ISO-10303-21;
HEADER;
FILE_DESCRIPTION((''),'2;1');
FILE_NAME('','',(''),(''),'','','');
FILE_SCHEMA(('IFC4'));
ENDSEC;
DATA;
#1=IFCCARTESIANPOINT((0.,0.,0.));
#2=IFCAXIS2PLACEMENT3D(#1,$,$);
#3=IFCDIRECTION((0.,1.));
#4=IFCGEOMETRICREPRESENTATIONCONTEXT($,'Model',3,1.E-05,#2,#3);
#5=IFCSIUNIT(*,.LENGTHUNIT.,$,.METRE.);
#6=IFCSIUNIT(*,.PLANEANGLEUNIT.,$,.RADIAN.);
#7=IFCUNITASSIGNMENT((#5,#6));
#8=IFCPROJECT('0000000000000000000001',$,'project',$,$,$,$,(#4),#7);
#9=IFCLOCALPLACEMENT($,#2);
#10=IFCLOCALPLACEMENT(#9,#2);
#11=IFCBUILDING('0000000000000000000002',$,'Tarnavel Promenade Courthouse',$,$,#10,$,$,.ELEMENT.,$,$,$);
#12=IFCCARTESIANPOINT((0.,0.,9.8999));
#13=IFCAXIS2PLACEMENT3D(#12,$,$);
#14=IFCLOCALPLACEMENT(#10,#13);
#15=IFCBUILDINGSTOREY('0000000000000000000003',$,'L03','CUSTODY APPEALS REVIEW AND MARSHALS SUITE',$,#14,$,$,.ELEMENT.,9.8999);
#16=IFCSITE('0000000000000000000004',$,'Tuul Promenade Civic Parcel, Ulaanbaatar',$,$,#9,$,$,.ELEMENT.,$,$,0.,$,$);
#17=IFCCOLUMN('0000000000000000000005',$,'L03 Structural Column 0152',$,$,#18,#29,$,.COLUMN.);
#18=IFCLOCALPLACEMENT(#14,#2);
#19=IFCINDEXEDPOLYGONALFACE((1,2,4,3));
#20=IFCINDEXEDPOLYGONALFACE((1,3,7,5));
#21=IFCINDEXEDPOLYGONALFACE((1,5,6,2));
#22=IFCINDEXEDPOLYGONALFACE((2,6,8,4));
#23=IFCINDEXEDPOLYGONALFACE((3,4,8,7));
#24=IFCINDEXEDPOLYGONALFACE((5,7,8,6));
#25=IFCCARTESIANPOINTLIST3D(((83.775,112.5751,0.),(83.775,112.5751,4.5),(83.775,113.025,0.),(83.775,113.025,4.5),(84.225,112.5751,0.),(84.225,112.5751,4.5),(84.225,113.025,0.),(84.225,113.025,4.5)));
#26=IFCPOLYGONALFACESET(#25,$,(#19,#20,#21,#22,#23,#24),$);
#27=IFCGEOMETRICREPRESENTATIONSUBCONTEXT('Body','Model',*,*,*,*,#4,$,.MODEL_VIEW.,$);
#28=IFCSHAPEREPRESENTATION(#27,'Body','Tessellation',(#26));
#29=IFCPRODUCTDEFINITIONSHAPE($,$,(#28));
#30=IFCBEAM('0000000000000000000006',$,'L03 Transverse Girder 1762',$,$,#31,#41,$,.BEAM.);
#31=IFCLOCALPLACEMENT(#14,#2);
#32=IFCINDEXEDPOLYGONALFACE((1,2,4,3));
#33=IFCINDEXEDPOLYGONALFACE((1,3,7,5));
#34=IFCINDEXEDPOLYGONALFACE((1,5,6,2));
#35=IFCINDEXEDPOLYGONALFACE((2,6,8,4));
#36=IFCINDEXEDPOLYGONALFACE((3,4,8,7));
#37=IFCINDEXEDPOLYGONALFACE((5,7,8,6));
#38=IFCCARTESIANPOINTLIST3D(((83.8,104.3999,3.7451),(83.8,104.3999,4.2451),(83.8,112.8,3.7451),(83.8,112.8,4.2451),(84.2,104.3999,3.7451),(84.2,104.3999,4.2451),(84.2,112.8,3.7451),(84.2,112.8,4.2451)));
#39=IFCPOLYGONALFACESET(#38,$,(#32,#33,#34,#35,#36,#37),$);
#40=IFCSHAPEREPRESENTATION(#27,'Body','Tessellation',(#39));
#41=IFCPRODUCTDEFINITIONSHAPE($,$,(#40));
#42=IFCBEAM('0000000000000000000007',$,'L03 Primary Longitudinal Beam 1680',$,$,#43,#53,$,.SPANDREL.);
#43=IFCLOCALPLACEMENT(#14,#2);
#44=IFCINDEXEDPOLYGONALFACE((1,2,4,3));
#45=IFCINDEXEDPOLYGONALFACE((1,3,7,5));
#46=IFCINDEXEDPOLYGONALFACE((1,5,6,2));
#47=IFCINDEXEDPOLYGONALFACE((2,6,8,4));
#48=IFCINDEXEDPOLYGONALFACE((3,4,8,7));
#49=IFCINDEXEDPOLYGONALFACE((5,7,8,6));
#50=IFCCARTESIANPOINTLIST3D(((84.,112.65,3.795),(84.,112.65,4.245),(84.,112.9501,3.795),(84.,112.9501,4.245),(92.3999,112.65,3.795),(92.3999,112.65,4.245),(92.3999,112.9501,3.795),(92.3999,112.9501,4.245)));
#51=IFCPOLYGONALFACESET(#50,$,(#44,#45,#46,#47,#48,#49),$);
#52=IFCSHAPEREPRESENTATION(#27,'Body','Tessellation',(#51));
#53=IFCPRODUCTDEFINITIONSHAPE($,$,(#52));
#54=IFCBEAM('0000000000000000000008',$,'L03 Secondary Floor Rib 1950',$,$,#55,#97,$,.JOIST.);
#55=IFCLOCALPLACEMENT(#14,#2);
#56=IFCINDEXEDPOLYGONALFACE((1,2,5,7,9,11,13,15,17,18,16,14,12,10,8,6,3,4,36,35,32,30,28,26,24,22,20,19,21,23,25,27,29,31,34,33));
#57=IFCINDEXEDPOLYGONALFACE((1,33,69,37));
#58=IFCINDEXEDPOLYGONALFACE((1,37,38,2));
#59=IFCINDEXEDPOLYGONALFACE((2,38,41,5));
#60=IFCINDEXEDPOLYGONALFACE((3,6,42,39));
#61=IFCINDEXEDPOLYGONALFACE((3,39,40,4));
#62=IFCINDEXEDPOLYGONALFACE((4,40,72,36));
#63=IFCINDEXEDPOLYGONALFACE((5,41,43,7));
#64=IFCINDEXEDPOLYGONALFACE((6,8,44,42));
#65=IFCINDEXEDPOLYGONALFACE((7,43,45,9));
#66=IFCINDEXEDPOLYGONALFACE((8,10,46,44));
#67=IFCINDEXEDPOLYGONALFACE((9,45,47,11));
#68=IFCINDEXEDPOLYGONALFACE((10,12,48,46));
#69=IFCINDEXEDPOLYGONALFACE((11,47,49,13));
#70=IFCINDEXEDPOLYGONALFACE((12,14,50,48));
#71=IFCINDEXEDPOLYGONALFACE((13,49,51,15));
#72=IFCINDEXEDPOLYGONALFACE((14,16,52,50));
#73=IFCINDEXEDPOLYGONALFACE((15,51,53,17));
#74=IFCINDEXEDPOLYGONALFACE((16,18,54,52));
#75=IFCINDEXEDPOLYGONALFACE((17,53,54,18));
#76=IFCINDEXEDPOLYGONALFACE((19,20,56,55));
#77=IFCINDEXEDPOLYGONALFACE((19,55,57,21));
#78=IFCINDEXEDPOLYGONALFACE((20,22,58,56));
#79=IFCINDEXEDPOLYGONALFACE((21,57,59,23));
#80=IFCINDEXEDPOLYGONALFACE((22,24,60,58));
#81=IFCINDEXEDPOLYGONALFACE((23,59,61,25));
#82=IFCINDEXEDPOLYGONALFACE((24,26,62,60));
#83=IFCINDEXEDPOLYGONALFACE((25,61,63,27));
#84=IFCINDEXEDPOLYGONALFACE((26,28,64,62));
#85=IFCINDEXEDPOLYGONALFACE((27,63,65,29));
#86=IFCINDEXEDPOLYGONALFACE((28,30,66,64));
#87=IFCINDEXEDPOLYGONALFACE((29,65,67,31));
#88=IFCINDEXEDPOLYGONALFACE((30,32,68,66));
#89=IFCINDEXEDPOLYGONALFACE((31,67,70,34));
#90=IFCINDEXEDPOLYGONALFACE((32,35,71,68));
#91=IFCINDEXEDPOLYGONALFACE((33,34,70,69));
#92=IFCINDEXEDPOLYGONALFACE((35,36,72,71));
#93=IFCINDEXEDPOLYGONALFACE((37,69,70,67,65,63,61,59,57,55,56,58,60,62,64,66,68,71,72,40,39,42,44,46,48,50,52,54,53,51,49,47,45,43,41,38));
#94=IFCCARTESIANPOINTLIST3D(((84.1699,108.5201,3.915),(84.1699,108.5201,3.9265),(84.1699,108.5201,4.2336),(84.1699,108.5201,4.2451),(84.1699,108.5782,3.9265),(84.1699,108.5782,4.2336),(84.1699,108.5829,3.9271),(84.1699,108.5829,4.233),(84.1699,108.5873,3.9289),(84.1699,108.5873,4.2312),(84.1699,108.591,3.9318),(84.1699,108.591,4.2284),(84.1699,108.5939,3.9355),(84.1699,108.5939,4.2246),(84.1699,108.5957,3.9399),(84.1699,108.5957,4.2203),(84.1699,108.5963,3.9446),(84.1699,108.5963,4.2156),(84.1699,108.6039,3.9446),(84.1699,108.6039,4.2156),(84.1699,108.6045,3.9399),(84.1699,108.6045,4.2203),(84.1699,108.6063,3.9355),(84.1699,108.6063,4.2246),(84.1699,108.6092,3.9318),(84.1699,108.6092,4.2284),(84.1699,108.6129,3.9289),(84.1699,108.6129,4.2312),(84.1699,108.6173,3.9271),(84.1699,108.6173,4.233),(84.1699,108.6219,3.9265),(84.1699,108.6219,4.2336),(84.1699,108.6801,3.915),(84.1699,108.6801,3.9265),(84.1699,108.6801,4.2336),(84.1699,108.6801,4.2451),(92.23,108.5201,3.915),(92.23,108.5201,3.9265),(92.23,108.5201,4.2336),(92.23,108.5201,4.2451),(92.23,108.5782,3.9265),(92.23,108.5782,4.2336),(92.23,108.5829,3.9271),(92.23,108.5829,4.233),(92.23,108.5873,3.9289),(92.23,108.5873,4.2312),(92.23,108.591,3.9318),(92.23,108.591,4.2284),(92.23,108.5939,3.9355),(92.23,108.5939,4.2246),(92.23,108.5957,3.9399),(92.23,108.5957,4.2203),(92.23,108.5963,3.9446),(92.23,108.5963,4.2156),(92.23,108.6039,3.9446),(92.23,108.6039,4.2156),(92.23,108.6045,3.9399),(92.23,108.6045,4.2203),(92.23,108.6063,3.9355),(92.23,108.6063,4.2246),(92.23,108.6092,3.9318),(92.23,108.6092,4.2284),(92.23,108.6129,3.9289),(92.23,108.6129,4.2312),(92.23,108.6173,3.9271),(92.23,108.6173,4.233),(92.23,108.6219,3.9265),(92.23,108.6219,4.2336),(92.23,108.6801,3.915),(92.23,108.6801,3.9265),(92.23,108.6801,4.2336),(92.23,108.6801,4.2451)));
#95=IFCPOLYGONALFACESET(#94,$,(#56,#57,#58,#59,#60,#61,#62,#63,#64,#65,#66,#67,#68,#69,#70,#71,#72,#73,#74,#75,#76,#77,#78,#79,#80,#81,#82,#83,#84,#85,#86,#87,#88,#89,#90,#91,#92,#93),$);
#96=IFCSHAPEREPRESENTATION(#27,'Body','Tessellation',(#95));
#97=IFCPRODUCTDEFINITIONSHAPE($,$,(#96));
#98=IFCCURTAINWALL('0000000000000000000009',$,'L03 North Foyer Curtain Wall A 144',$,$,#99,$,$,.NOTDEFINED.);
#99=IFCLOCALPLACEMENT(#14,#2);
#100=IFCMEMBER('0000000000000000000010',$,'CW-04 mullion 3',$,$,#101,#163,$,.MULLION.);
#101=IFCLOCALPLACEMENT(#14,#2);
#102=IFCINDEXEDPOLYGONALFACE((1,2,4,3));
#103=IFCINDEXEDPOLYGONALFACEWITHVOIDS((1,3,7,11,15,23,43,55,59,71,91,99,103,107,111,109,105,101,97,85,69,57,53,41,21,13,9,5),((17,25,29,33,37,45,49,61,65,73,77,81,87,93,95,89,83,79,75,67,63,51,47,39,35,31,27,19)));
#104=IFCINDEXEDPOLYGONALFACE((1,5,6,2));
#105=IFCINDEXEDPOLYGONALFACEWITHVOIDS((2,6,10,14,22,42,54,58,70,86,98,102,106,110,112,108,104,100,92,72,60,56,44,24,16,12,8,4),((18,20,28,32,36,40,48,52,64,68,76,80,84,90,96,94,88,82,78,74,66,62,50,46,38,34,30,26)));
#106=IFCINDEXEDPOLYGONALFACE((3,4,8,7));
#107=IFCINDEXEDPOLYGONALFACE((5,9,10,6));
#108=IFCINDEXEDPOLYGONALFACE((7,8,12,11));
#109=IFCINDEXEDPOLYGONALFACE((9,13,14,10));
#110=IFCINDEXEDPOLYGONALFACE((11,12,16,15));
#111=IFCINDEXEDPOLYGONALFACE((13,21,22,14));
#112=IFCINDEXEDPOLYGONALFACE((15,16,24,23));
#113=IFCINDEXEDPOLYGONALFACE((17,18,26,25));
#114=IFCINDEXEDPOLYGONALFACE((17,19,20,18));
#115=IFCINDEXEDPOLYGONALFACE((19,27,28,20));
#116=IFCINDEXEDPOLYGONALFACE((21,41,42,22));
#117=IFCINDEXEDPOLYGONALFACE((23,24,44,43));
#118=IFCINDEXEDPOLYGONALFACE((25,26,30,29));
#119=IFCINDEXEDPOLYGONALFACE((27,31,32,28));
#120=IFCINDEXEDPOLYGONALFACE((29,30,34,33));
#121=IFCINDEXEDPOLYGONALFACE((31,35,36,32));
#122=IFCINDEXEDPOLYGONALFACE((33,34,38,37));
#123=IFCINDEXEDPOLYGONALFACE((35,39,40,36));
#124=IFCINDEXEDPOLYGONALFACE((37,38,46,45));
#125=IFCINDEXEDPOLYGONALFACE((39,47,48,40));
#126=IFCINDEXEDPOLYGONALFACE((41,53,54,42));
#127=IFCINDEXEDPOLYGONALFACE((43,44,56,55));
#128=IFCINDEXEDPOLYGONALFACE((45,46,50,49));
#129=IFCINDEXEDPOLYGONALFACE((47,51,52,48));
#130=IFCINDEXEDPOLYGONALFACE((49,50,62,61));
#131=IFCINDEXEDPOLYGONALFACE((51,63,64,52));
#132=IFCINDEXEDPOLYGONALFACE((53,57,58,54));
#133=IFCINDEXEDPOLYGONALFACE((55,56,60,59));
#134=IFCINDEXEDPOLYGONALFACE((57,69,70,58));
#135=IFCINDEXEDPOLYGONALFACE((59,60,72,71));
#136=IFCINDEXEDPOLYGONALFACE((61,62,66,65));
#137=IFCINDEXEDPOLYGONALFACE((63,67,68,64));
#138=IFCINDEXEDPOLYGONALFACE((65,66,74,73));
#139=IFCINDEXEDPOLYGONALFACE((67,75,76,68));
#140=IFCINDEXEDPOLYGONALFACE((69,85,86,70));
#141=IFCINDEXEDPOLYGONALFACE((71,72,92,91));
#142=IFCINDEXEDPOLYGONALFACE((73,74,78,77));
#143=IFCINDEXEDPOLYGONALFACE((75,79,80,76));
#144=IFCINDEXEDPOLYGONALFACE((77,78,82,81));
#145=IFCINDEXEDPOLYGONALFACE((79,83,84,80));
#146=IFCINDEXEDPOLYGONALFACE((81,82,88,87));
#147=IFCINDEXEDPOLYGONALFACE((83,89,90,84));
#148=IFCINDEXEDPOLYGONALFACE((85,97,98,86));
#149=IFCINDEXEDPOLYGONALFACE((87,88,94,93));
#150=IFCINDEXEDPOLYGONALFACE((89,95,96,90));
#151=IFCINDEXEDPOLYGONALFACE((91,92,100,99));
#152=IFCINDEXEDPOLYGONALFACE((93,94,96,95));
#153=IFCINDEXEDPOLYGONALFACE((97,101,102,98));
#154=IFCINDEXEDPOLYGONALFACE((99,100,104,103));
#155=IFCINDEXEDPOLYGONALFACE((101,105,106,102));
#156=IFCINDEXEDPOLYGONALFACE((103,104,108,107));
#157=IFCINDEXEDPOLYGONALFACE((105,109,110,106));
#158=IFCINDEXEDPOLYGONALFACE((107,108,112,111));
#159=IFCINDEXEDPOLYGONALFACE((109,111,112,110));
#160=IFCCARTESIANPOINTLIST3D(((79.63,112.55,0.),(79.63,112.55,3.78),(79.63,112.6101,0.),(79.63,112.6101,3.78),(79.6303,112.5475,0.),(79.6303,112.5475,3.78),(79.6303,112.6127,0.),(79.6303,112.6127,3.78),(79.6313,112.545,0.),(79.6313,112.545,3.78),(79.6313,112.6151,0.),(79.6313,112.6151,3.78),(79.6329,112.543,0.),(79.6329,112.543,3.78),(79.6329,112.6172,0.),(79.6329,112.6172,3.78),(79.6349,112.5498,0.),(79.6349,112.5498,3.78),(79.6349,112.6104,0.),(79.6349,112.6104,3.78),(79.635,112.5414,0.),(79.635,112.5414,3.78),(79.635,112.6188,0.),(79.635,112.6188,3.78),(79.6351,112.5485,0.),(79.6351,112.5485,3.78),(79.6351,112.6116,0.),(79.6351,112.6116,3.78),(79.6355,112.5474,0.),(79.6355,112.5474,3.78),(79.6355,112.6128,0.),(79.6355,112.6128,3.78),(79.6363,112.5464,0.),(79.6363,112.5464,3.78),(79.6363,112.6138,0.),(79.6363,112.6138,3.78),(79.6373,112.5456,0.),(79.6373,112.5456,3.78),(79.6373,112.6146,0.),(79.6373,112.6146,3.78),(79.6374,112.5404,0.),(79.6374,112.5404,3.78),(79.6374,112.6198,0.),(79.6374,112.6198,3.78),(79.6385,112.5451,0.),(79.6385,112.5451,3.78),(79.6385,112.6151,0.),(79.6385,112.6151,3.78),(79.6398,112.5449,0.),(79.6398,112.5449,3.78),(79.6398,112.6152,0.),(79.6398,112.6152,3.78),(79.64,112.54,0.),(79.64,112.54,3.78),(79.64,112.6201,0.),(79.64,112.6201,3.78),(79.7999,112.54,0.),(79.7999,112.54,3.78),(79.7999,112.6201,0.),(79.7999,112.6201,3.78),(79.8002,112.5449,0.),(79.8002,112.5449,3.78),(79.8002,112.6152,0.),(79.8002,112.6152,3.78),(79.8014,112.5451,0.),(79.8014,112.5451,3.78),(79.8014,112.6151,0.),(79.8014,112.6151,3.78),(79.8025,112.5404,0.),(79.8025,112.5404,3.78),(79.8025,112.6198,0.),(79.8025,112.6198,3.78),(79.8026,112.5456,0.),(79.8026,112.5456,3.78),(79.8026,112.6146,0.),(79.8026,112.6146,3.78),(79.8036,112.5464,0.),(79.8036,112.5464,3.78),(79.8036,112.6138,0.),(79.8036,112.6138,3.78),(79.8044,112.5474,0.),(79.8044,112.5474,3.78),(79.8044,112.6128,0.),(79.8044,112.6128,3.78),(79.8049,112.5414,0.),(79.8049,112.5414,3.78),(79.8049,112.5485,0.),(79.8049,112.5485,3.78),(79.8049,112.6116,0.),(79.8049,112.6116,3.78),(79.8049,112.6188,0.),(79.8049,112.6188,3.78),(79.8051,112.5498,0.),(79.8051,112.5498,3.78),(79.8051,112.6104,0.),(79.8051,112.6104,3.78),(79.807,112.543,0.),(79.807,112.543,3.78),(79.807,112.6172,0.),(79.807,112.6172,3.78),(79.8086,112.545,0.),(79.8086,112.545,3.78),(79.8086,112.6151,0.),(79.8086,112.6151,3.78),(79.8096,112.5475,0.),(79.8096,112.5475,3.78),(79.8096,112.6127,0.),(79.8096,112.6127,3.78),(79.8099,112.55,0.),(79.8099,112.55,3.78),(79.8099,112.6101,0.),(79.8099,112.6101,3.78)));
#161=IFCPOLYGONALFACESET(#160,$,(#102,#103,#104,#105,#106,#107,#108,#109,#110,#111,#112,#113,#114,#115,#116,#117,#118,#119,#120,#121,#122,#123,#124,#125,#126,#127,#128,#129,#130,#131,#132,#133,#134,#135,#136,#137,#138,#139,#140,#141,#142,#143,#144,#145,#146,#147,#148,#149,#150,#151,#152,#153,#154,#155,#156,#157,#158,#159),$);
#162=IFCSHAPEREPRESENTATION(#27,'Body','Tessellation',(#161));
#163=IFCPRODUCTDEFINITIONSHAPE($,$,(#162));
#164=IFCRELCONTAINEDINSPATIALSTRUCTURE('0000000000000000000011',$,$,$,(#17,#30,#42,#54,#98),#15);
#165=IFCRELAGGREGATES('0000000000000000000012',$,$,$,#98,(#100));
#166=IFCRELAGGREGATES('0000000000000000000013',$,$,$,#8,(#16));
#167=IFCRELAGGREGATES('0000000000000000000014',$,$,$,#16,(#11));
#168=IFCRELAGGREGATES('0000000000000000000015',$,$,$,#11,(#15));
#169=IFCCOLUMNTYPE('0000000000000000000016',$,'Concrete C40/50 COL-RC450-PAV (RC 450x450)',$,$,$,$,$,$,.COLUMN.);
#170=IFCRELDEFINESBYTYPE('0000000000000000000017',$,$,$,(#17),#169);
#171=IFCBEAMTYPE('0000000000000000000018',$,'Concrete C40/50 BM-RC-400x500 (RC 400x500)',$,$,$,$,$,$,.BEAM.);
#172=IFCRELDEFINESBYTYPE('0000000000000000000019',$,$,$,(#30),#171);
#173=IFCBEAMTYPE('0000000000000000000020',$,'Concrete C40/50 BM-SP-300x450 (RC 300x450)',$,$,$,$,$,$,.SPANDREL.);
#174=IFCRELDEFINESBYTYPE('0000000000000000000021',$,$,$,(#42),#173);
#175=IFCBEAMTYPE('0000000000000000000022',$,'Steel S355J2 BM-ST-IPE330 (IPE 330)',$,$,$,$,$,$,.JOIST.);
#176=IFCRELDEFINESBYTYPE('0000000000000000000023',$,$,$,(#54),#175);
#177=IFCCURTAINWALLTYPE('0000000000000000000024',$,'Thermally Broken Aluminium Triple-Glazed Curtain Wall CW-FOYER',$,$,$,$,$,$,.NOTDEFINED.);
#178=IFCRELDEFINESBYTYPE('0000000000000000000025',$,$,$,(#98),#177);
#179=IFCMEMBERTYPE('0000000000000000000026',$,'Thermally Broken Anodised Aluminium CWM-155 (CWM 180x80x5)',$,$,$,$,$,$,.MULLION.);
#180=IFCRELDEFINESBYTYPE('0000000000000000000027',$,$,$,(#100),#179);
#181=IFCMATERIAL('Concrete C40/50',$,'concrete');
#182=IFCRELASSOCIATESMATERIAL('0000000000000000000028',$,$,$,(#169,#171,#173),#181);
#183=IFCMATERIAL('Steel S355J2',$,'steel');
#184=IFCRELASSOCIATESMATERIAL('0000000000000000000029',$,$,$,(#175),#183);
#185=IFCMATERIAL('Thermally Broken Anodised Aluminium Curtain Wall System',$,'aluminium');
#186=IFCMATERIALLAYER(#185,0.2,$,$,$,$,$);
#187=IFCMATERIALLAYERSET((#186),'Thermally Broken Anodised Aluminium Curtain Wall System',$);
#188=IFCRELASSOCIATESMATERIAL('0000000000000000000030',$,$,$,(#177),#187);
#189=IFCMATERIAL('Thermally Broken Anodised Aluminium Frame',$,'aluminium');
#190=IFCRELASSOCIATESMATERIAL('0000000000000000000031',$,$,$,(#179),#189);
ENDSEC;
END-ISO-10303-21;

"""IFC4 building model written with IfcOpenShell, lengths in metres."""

from ifc_helpers import new_model, si_unit, direction, frame, origin, origin_2d, place, context, subcontext, project, spatial, rectangle, hollow_rectangle, i_section, extrude, material, layer, layer_set, material_profile, profile_set, type_object, element, aggregate, save


model = new_model("IFC4")

# Units and contexts
model_context = context("Model", 3, precision=1e-05, world=origin(), true_north=direction((0.0, 1.0)))
body_context = subcontext(model_context, "Body", "Model", "MODEL_VIEW")
ifc_project = project(units=[si_unit("LENGTHUNIT", "METRE"), si_unit("PLANEANGLEUNIT", "RADIAN")], contexts=[model_context])

# Site, building, storey
site_placement = place(None, origin())
site = spatial("IfcSite", under=ifc_project, at=site_placement, Name="Tuul Promenade Civic Parcel, Ulaanbaatar", CompositionType="ELEMENT", RefElevation=0.0)
building_placement = place(site_placement, origin())
building = spatial("IfcBuilding", under=site, at=building_placement, Name="Tarnavel Promenade Courthouse", CompositionType="ELEMENT")
storey_placement = place(building_placement, frame((0.0, 0.0, 9.8999)))
storey = spatial("IfcBuildingStorey", under=building, at=storey_placement, Name="L03", Description="CUSTODY APPEALS REVIEW AND MARSHALS SUITE", CompositionType="ELEMENT", Elevation=9.8999)

# Column
ifc_material_1 = material(Name="Concrete C40/50", Category="concrete")
ifc_material_profile_1 = material_profile(ifc_material_1, rectangle(XDim=0.45, YDim=0.45, at=origin_2d()), Name="RC 450x450")
ifc_profile_set_1 = profile_set([ifc_material_profile_1], Name="Concrete C40/50")
column_type = type_object("IfcColumnType", Name="Concrete C40/50 COL-RC450-PAV (RC 450x450)", PredefinedType="COLUMN", material=ifc_profile_set_1)
column_placement = place(storey_placement, frame((84.0, 112.8, 0.0), z_axis=(0.0, 0.0, 1.0), x_axis=(1.0, 0.0, 0.0)))
element("IfcColumn", 1, at=column_placement, inside=storey, type_object=column_type, Name="L03 Structural Column 0152", PredefinedType="COLUMN", context=body_context, shape_type="SweptSolid", body=[
    extrude(rectangle(XDim=0.45, YDim=0.45, at=origin_2d()), origin(), (0.0, 0.0, 1.0), 4.5),
])

# Beams
ifc_material_profile_2 = material_profile(ifc_material_1, rectangle(XDim=0.3999, YDim=0.5, at=origin_2d()), Name="RC 400x500")
ifc_profile_set_2 = profile_set([ifc_material_profile_2], Name="Concrete C40/50")
beam_type_1 = type_object("IfcBeamType", Name="Concrete C40/50 BM-RC-400x500 (RC 400x500)", PredefinedType="BEAM", material=ifc_profile_set_2)
beam_1_placement = place(storey_placement, frame((84.0, 104.3999, 3.9951), z_axis=(0.0, 1.0, 0.0), x_axis=(-1.0, 0.0, 0.0)))
element("IfcBeam", 2, at=beam_1_placement, inside=storey, type_object=beam_type_1, Name="L03 Transverse Girder 1762", PredefinedType="BEAM", context=body_context, shape_type="SweptSolid", body=[
    extrude(rectangle(XDim=0.3999, YDim=0.5, at=origin_2d()), origin(), (0.0, 0.0, 1.0), 8.4001),
])
ifc_material_profile_3 = material_profile(ifc_material_1, rectangle(XDim=0.3, YDim=0.45, at=origin_2d()), Name="RC 300x450")
ifc_profile_set_3 = profile_set([ifc_material_profile_3], Name="Concrete C40/50")
beam_type_2 = type_object("IfcBeamType", Name="Concrete C40/50 BM-SP-300x450 (RC 300x450)", PredefinedType="SPANDREL", material=ifc_profile_set_3)
beam_2_placement = place(storey_placement, frame((84.0, 112.8, 4.02), z_axis=(1.0, 0.0, 0.0), x_axis=(0.0, 1.0, 0.0)))
element("IfcBeam", 3, at=beam_2_placement, inside=storey, type_object=beam_type_2, Name="L03 Primary Longitudinal Beam 1680", PredefinedType="SPANDREL", context=body_context, shape_type="SweptSolid", body=[
    extrude(rectangle(XDim=0.3, YDim=0.45, at=origin_2d()), origin(), (0.0, 0.0, 1.0), 8.3999),
])
ifc_material_2 = material(Name="Steel S355J2", Category="steel")
ifc_material_profile_4 = material_profile(ifc_material_2, i_section(OverallWidth=0.1599, OverallDepth=0.3301, WebThickness=0.0076, FlangeThickness=0.0115, FilletRadius=0.0181, at=origin_2d()), Name="IPE 330")
ifc_profile_set_4 = profile_set([ifc_material_profile_4], Name="Steel S355J2")
beam_type_3 = type_object("IfcBeamType", Name="Steel S355J2 BM-ST-IPE330 (IPE 330)", PredefinedType="JOIST", material=ifc_profile_set_4)
beam_3_placement = place(storey_placement, frame((84.1699, 108.6001, 4.0801), z_axis=(1.0, 0.0, 0.0), x_axis=(0.0, 1.0, 0.0)))
element("IfcBeam", 4, at=beam_3_placement, inside=storey, type_object=beam_type_3, Name="L03 Secondary Floor Rib 1950", PredefinedType="JOIST", context=body_context, shape_type="SweptSolid", body=[
    extrude(i_section(OverallWidth=0.1599, OverallDepth=0.3301, WebThickness=0.0076, FlangeThickness=0.0115, FilletRadius=0.0181, at=origin_2d()), origin(), (0.0, 0.0, 1.0), 8.0601),
])

# Curtain wall, member
ifc_material_3 = material(Name="Thermally Broken Anodised Aluminium Curtain Wall System", Category="aluminium")
ifc_layer_1 = layer(ifc_material_3, 0.2)
ifc_layer_set_1 = layer_set([ifc_layer_1], Name="Thermally Broken Anodised Aluminium Curtain Wall System")
curtain_wall_type = type_object("IfcCurtainWallType", Name="Thermally Broken Aluminium Triple-Glazed Curtain Wall CW-FOYER", PredefinedType="NOTDEFINED", material=ifc_layer_set_1)
curtain_wall_1_placement = place(storey_placement, origin())
curtain_wall_1 = element("IfcCurtainWall", 5, at=curtain_wall_1_placement, inside=storey, type_object=curtain_wall_type, Name="L03 North Foyer Curtain Wall A 144", PredefinedType="NOTDEFINED")
ifc_material_4 = material(Name="Thermally Broken Anodised Aluminium Frame", Category="aluminium")
ifc_material_profile_5 = material_profile(ifc_material_4, hollow_rectangle(XDim=0.0801, YDim=0.1799, WallThickness=0.0049, InnerFilletRadius=0.0049, OuterFilletRadius=0.01, at=origin_2d()), Name="CWM 180x80x5")
ifc_profile_set_5 = profile_set([ifc_material_profile_5], Name="Thermally Broken Anodised Aluminium Frame")
member_type_1 = type_object("IfcMemberType", Name="Thermally Broken Anodised Aluminium CWM-155 (CWM 180x80x5)", PredefinedType="MULLION", material=ifc_profile_set_5)
member_1_placement = place(storey_placement, frame((79.72, 112.5801, 0.0), z_axis=(0.0, 0.0, 1.0), x_axis=(0.0, 1.0, 0.0)))
member_1 = element("IfcMember", 6, at=member_1_placement, type_object=member_type_1, Name="CW-04 mullion 3", PredefinedType="MULLION", context=body_context, shape_type="SweptSolid", body=[
    extrude(hollow_rectangle(XDim=0.0801, YDim=0.1799, WallThickness=0.0049, InnerFilletRadius=0.0049, OuterFilletRadius=0.01, at=origin_2d()), origin(), (0.0, 0.0, 1.0), 3.78),
])

aggregate(curtain_wall_1, [member_1])

save(model, "model.ifc")
